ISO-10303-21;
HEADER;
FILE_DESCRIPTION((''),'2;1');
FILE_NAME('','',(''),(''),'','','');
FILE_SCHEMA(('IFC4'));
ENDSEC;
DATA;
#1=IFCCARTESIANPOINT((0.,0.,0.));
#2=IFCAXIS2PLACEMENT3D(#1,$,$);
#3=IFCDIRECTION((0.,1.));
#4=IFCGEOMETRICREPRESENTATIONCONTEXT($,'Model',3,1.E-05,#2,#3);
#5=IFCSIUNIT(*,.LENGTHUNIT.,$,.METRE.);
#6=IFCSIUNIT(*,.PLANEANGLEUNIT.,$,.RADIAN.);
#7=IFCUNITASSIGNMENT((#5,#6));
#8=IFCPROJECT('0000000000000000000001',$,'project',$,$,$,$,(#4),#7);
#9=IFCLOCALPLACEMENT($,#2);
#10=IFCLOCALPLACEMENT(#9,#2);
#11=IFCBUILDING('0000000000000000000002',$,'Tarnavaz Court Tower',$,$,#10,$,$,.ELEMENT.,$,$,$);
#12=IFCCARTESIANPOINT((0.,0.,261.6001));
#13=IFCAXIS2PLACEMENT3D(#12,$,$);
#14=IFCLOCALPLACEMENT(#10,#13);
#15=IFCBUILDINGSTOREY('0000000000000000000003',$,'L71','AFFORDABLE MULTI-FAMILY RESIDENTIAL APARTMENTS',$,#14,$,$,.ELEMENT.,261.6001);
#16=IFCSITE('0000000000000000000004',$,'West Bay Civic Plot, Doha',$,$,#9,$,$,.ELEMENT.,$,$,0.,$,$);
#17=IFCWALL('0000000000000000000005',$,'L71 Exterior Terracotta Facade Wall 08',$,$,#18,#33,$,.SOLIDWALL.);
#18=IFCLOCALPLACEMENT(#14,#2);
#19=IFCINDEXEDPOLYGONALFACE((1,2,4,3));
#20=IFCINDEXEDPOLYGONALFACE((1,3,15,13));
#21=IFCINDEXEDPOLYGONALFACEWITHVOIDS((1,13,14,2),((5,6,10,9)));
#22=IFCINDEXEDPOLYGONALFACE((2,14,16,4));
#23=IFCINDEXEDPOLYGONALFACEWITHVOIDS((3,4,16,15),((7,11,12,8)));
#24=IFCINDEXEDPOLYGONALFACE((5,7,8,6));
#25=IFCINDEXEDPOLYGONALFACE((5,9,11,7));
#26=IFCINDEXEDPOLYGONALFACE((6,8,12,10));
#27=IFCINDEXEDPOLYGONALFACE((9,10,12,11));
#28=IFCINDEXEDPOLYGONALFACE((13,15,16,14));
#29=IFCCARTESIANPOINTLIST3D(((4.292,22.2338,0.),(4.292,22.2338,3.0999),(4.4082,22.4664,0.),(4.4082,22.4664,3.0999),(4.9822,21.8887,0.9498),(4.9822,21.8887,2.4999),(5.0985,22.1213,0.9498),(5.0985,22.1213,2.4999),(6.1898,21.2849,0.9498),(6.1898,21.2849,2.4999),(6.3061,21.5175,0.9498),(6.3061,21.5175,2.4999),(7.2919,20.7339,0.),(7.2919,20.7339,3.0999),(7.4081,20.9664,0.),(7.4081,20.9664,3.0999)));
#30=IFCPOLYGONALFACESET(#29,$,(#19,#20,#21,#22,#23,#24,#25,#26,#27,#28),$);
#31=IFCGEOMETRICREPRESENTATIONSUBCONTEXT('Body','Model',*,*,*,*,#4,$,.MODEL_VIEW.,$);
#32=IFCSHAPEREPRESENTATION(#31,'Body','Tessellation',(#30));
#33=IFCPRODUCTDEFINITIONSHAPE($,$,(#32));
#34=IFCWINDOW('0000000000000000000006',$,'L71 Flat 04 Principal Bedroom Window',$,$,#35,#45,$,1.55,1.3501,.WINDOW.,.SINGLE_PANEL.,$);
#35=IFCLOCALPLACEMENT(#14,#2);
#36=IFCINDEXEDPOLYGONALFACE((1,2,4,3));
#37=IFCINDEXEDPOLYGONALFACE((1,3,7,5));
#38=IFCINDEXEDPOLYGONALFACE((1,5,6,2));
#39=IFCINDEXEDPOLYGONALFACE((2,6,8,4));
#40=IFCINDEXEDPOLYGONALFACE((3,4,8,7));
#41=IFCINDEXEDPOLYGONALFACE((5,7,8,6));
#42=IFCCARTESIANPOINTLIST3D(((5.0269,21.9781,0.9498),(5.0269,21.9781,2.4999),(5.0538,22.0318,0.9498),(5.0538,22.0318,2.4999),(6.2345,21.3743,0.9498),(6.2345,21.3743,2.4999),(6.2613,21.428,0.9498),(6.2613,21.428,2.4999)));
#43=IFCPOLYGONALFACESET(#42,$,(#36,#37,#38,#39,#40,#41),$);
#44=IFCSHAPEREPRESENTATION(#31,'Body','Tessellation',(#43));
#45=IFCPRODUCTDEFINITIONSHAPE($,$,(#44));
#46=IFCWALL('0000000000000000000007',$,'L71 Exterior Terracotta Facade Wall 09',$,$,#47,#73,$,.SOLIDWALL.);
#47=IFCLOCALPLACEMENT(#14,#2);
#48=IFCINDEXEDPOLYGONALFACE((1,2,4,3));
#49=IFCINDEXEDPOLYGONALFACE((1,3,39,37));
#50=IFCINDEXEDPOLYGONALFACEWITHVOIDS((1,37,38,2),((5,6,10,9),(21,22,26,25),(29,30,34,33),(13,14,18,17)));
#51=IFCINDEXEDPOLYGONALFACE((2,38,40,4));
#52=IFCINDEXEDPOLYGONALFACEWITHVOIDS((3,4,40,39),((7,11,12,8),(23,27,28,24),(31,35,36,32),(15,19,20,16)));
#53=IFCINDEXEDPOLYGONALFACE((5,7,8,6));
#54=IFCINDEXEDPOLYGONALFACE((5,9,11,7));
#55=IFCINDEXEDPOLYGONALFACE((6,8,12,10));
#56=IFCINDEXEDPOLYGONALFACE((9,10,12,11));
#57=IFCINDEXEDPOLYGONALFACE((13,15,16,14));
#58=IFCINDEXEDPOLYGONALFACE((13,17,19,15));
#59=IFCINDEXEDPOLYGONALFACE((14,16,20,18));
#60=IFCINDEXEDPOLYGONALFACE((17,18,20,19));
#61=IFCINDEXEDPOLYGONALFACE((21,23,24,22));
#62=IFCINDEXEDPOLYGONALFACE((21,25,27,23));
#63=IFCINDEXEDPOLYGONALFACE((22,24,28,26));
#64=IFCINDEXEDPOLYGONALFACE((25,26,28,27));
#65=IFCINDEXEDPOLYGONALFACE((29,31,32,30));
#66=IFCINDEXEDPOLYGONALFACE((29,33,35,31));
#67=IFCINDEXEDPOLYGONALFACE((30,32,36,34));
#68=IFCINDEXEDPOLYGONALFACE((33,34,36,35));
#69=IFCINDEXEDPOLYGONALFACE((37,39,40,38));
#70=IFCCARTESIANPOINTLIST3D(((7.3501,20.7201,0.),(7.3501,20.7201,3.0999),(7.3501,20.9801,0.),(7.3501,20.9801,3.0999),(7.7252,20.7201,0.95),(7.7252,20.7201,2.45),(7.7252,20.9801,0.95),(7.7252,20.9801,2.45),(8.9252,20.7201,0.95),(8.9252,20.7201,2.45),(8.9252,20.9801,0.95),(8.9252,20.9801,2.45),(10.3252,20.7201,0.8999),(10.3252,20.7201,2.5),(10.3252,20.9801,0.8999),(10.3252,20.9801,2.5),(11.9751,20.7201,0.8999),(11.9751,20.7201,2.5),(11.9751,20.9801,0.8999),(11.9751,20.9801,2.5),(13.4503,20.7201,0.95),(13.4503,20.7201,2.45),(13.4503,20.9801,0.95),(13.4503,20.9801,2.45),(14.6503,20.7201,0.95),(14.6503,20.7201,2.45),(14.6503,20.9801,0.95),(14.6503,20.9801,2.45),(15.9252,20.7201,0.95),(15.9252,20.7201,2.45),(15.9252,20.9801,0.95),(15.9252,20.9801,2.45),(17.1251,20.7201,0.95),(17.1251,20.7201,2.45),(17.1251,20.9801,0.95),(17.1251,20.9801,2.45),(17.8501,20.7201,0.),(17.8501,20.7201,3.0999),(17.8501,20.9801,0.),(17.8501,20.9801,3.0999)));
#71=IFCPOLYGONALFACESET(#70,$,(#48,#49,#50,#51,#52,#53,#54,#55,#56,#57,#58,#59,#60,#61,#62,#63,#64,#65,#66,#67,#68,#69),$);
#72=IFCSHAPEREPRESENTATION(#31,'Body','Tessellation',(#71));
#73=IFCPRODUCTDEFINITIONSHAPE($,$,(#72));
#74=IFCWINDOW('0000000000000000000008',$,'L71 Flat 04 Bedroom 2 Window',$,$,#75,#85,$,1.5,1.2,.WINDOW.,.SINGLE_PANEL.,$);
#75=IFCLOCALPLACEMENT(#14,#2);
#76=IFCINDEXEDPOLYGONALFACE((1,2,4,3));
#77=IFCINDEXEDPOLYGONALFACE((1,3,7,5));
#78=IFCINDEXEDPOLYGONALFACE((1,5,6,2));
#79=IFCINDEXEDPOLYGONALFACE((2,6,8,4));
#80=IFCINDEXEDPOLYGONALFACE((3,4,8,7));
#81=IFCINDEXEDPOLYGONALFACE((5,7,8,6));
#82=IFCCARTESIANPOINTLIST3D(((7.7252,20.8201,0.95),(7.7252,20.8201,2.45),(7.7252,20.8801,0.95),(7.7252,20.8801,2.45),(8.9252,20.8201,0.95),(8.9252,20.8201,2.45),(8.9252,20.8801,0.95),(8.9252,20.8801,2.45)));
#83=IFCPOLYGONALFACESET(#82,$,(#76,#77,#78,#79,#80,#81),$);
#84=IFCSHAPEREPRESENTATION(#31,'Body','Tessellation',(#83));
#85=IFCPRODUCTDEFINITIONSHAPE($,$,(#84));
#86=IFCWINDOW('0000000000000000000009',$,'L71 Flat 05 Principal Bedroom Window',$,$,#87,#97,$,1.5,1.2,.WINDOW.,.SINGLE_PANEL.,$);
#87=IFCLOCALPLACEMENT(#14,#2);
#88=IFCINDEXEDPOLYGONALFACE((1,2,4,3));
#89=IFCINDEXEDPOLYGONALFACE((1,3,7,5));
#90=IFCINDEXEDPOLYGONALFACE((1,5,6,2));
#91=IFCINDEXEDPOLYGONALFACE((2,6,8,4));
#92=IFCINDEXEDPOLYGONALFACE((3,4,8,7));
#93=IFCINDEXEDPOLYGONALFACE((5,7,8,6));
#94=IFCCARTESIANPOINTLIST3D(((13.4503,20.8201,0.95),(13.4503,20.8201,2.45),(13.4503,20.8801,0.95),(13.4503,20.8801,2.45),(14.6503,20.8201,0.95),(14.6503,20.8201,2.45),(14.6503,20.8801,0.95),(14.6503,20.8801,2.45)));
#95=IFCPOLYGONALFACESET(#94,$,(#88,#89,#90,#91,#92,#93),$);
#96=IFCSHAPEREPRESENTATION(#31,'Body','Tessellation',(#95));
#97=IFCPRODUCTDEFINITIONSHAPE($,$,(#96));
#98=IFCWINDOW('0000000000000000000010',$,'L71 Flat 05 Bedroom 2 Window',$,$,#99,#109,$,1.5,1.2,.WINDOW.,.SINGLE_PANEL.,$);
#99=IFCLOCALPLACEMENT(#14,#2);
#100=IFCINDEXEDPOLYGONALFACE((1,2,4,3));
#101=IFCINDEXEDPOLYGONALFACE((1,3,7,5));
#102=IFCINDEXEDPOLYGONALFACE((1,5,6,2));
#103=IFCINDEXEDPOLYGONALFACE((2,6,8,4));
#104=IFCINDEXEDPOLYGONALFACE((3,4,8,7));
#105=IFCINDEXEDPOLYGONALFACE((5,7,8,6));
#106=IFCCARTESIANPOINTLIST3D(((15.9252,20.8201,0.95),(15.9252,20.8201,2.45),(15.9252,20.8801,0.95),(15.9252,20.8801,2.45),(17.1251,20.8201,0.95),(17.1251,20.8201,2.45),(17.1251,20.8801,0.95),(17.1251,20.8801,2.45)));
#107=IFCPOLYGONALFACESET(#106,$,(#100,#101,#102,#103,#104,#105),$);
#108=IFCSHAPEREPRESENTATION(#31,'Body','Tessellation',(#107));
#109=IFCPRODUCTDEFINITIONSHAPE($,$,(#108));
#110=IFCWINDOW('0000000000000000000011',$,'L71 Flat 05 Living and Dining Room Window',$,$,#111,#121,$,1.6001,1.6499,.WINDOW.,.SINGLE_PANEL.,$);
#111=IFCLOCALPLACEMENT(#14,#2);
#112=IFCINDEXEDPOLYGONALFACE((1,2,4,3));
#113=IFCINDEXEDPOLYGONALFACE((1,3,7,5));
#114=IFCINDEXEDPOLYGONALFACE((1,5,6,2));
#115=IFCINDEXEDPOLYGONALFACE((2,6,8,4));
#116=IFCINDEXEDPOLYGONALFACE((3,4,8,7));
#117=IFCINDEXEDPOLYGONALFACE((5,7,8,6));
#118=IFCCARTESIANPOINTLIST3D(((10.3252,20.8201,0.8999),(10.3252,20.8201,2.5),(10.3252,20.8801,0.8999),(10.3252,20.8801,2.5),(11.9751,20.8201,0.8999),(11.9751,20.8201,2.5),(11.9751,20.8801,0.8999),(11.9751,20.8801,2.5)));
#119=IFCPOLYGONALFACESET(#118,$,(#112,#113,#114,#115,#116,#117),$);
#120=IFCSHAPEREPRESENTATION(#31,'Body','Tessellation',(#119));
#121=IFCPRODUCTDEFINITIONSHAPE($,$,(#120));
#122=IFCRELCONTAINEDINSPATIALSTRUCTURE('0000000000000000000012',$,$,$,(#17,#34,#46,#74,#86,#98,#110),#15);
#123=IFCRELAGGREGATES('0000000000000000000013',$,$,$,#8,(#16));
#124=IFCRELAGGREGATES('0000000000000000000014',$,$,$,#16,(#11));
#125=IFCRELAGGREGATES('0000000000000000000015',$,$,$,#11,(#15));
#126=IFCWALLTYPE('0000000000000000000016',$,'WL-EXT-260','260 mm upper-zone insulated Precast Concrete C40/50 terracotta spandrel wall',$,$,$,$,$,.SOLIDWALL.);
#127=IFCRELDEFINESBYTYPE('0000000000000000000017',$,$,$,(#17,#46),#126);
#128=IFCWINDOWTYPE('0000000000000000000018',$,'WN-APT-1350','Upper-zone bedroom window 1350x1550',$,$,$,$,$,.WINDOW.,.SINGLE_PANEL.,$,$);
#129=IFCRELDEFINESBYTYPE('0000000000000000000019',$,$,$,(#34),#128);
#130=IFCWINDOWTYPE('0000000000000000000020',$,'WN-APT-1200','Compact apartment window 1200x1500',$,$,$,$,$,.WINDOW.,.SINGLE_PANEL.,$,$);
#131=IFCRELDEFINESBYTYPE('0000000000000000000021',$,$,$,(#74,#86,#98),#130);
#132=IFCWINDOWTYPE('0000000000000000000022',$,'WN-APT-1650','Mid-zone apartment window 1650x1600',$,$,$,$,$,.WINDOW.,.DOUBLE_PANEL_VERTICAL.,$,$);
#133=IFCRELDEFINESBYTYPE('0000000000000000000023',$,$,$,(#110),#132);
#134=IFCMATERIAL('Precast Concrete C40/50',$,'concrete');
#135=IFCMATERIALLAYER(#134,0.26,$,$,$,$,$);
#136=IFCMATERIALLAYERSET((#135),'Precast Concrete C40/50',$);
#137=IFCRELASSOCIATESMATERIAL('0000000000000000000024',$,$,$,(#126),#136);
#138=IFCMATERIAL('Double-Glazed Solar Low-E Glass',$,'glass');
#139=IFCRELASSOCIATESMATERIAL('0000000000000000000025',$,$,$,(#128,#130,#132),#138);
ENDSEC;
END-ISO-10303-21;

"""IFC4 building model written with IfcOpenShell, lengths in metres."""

from ifc_helpers import new_model, si_unit, direction, frame, frame_2d, origin, place, context, subcontext, project, spatial, rectangle, extrude, material, layer, layer_set, type_object, element, fill, save


model = new_model("IFC4")

# Units and contexts
model_context = context("Model", 3, precision=1e-05, world=origin(), true_north=direction((0.0, 1.0)))
body_context = subcontext(model_context, "Body", "Model", "MODEL_VIEW")
ifc_project = project(units=[si_unit("LENGTHUNIT", "METRE"), si_unit("PLANEANGLEUNIT", "RADIAN")], contexts=[model_context])

# Site, building, storey
site_placement = place(None, origin())
site = spatial("IfcSite", under=ifc_project, at=site_placement, Name="West Bay Civic Plot, Doha", CompositionType="ELEMENT", RefElevation=0.0)
building_placement = place(site_placement, origin())
building = spatial("IfcBuilding", under=site, at=building_placement, Name="Tarnavaz Court Tower", CompositionType="ELEMENT")
storey_placement = place(building_placement, frame((0.0, 0.0, 261.6001)))
storey = spatial("IfcBuildingStorey", under=building, at=storey_placement, Name="L71", Description="AFFORDABLE MULTI-FAMILY RESIDENTIAL APARTMENTS", CompositionType="ELEMENT", Elevation=261.6001)

# Shared definitions
ifc_material_1 = material(Name="Double-Glazed Solar Low-E Glass", Category="glass")

# Wall, opening, window
ifc_material_2 = material(Name="Precast Concrete C40/50", Category="concrete")
ifc_layer_1 = layer(ifc_material_2, 0.26)
ifc_layer_set_1 = layer_set([ifc_layer_1], Name="Precast Concrete C40/50")
wall_type_1 = type_object("IfcWallType", Name="WL-EXT-260", Description="260 mm upper-zone insulated Precast Concrete C40/50 terracotta spandrel wall", PredefinedType="SOLIDWALL", material=ifc_layer_set_1)
wall_1_placement = place(storey_placement, frame((4.3501, 22.3501, 0.0), z_axis=(0.0, 0.0, 1.0), x_axis=(0.894427, -0.447214, 0.0)))
wall_1 = element("IfcWall", 1, at=wall_1_placement, inside=storey, type_object=wall_type_1, Name="L71 Exterior Terracotta Facade Wall 08", PredefinedType="SOLIDWALL", context=body_context, shape_type="SweptSolid", body=[
    extrude(rectangle(XDim=3.354, YDim=0.26, at=frame_2d((1.677, 0.0))), origin(), (0.0, 0.0, 1.0), 3.0999),
])
opening_1_placement = place(wall_1_placement, frame((0.7717, 0.0, 0.95)))
opening_1 = element("IfcOpeningElement", 2, at=opening_1_placement, cuts=wall_1, PredefinedType="OPENING", context=body_context, shape_type="SweptSolid", body=[
    extrude(rectangle(XDim=1.3501, YDim=1.55, at=frame_2d((0.675, 0.7749))), frame((0.0, 0.1399, 0.0), z_axis=(0.0, -1.0, 0.0), x_axis=(1.0, 0.0, 0.0)), (0.0, 0.0, 1.0), 0.28),
])
window_type_1 = type_object("IfcWindowType", Name="WN-APT-1350", Description="Upper-zone bedroom window 1350x1550", PartitioningType="SINGLE_PANEL", PredefinedType="WINDOW", material=ifc_material_1)
window_1_placement = place(opening_1_placement, origin())
window_1 = element("IfcWindow", 3, at=window_1_placement, inside=storey, type_object=window_type_1, Name="L71 Flat 04 Principal Bedroom Window", OverallHeight=1.55, OverallWidth=1.3501, PartitioningType="SINGLE_PANEL", PredefinedType="WINDOW", context=body_context, shape_type="SweptSolid", body=[
    extrude(rectangle(XDim=1.3501, YDim=1.55, at=frame_2d((0.675, 0.7749))), frame((0.0, 0.03, 0.0), z_axis=(0.0, -1.0, 0.0), x_axis=(1.0, 0.0, 0.0)), (0.0, 0.0, 1.0), 0.0601),
])
fill(opening_1, window_1)

# Wall, openings, windows
wall_2_placement = place(storey_placement, frame((7.3501, 20.8501, 0.0), z_axis=(0.0, 0.0, 1.0), x_axis=(1.0, 0.0, 0.0)))
wall_2 = element("IfcWall", 4, at=wall_2_placement, inside=storey, type_object=wall_type_1, Name="L71 Exterior Terracotta Facade Wall 09", PredefinedType="SOLIDWALL", context=body_context, shape_type="SweptSolid", body=[
    extrude(rectangle(XDim=10.5, YDim=0.26, at=frame_2d((5.25, 0.0))), origin(), (0.0, 0.0, 1.0), 3.0999),
])
opening_2_placement = place(wall_2_placement, frame((0.375, 0.0, 0.95)))
opening_2 = element("IfcOpeningElement", 5, at=opening_2_placement, cuts=wall_2, PredefinedType="OPENING", context=body_context, shape_type="SweptSolid", body=[
    extrude(rectangle(XDim=1.2, YDim=1.5, at=frame_2d((0.6001, 0.75))), frame((0.0, 0.1399, 0.0), z_axis=(0.0, -1.0, 0.0), x_axis=(1.0, 0.0, 0.0)), (0.0, 0.0, 1.0), 0.28),
])
opening_3_placement = place(wall_2_placement, frame((2.9751, 0.0, 0.8999)))
opening_3 = element("IfcOpeningElement", 6, at=opening_3_placement, cuts=wall_2, PredefinedType="OPENING", context=body_context, shape_type="SweptSolid", body=[
    extrude(rectangle(XDim=1.6499, YDim=1.6001, at=frame_2d((0.825, 0.8))), frame((0.0, 0.1399, 0.0), z_axis=(0.0, -1.0, 0.0), x_axis=(1.0, 0.0, 0.0)), (0.0, 0.0, 1.0), 0.28),
])
opening_4_placement = place(wall_2_placement, frame((6.1001, 0.0, 0.95)))
opening_4 = element("IfcOpeningElement", 7, at=opening_4_placement, cuts=wall_2, PredefinedType="OPENING", context=body_context, shape_type="SweptSolid", body=[
    extrude(rectangle(XDim=1.2, YDim=1.5, at=frame_2d((0.6001, 0.75))), frame((0.0, 0.1399, 0.0), z_axis=(0.0, -1.0, 0.0), x_axis=(1.0, 0.0, 0.0)), (0.0, 0.0, 1.0), 0.28),
])
opening_5_placement = place(wall_2_placement, frame((8.575, 0.0, 0.95)))
opening_5 = element("IfcOpeningElement", 8, at=opening_5_placement, cuts=wall_2, PredefinedType="OPENING", context=body_context, shape_type="SweptSolid", body=[
    extrude(rectangle(XDim=1.2, YDim=1.5, at=frame_2d((0.6001, 0.75))), frame((0.0, 0.1399, 0.0), z_axis=(0.0, -1.0, 0.0), x_axis=(1.0, 0.0, 0.0)), (0.0, 0.0, 1.0), 0.28),
])
window_type_2 = type_object("IfcWindowType", Name="WN-APT-1200", Description="Compact apartment window 1200x1500", PartitioningType="SINGLE_PANEL", PredefinedType="WINDOW", material=ifc_material_1)
window_2_placement = place(opening_2_placement, origin())
window_2 = element("IfcWindow", 9, at=window_2_placement, inside=storey, type_object=window_type_2, Name="L71 Flat 04 Bedroom 2 Window", OverallHeight=1.5, OverallWidth=1.2, PartitioningType="SINGLE_PANEL", PredefinedType="WINDOW", context=body_context, shape_type="SweptSolid", body=[
    extrude(rectangle(XDim=1.2, YDim=1.5, at=frame_2d((0.6001, 0.75))), frame((0.0, 0.03, 0.0), z_axis=(0.0, -1.0, 0.0), x_axis=(1.0, 0.0, 0.0)), (0.0, 0.0, 1.0), 0.0601),
])
fill(opening_2, window_2)
window_3_placement = place(opening_4_placement, origin())
window_3 = element("IfcWindow", 10, at=window_3_placement, inside=storey, type_object=window_type_2, Name="L71 Flat 05 Principal Bedroom Window", OverallHeight=1.5, OverallWidth=1.2, PartitioningType="SINGLE_PANEL", PredefinedType="WINDOW", context=body_context, shape_type="SweptSolid", body=[
    extrude(rectangle(XDim=1.2, YDim=1.5, at=frame_2d((0.6001, 0.75))), frame((0.0, 0.03, 0.0), z_axis=(0.0, -1.0, 0.0), x_axis=(1.0, 0.0, 0.0)), (0.0, 0.0, 1.0), 0.0601),
])
fill(opening_4, window_3)
window_4_placement = place(opening_5_placement, origin())
window_4 = element("IfcWindow", 11, at=window_4_placement, inside=storey, type_object=window_type_2, Name="L71 Flat 05 Bedroom 2 Window", OverallHeight=1.5, OverallWidth=1.2, PartitioningType="SINGLE_PANEL", PredefinedType="WINDOW", context=body_context, shape_type="SweptSolid", body=[
    extrude(rectangle(XDim=1.2, YDim=1.5, at=frame_2d((0.6001, 0.75))), frame((0.0, 0.03, 0.0), z_axis=(0.0, -1.0, 0.0), x_axis=(1.0, 0.0, 0.0)), (0.0, 0.0, 1.0), 0.0601),
])
fill(opening_5, window_4)
window_type_3 = type_object("IfcWindowType", Name="WN-APT-1650", Description="Mid-zone apartment window 1650x1600", PartitioningType="DOUBLE_PANEL_VERTICAL", PredefinedType="WINDOW", material=ifc_material_1)
window_5_placement = place(opening_3_placement, origin())
window_5 = element("IfcWindow", 12, at=window_5_placement, inside=storey, type_object=window_type_3, Name="L71 Flat 05 Living and Dining Room Window", OverallHeight=1.6001, OverallWidth=1.6499, PartitioningType="SINGLE_PANEL", PredefinedType="WINDOW", context=body_context, shape_type="SweptSolid", body=[
    extrude(rectangle(XDim=1.6499, YDim=1.6001, at=frame_2d((0.825, 0.8))), frame((0.0, 0.03, 0.0), z_axis=(0.0, -1.0, 0.0), x_axis=(1.0, 0.0, 0.0)), (0.0, 0.0, 1.0), 0.0601),
])
fill(opening_3, window_5)

save(model, "model.ifc")
